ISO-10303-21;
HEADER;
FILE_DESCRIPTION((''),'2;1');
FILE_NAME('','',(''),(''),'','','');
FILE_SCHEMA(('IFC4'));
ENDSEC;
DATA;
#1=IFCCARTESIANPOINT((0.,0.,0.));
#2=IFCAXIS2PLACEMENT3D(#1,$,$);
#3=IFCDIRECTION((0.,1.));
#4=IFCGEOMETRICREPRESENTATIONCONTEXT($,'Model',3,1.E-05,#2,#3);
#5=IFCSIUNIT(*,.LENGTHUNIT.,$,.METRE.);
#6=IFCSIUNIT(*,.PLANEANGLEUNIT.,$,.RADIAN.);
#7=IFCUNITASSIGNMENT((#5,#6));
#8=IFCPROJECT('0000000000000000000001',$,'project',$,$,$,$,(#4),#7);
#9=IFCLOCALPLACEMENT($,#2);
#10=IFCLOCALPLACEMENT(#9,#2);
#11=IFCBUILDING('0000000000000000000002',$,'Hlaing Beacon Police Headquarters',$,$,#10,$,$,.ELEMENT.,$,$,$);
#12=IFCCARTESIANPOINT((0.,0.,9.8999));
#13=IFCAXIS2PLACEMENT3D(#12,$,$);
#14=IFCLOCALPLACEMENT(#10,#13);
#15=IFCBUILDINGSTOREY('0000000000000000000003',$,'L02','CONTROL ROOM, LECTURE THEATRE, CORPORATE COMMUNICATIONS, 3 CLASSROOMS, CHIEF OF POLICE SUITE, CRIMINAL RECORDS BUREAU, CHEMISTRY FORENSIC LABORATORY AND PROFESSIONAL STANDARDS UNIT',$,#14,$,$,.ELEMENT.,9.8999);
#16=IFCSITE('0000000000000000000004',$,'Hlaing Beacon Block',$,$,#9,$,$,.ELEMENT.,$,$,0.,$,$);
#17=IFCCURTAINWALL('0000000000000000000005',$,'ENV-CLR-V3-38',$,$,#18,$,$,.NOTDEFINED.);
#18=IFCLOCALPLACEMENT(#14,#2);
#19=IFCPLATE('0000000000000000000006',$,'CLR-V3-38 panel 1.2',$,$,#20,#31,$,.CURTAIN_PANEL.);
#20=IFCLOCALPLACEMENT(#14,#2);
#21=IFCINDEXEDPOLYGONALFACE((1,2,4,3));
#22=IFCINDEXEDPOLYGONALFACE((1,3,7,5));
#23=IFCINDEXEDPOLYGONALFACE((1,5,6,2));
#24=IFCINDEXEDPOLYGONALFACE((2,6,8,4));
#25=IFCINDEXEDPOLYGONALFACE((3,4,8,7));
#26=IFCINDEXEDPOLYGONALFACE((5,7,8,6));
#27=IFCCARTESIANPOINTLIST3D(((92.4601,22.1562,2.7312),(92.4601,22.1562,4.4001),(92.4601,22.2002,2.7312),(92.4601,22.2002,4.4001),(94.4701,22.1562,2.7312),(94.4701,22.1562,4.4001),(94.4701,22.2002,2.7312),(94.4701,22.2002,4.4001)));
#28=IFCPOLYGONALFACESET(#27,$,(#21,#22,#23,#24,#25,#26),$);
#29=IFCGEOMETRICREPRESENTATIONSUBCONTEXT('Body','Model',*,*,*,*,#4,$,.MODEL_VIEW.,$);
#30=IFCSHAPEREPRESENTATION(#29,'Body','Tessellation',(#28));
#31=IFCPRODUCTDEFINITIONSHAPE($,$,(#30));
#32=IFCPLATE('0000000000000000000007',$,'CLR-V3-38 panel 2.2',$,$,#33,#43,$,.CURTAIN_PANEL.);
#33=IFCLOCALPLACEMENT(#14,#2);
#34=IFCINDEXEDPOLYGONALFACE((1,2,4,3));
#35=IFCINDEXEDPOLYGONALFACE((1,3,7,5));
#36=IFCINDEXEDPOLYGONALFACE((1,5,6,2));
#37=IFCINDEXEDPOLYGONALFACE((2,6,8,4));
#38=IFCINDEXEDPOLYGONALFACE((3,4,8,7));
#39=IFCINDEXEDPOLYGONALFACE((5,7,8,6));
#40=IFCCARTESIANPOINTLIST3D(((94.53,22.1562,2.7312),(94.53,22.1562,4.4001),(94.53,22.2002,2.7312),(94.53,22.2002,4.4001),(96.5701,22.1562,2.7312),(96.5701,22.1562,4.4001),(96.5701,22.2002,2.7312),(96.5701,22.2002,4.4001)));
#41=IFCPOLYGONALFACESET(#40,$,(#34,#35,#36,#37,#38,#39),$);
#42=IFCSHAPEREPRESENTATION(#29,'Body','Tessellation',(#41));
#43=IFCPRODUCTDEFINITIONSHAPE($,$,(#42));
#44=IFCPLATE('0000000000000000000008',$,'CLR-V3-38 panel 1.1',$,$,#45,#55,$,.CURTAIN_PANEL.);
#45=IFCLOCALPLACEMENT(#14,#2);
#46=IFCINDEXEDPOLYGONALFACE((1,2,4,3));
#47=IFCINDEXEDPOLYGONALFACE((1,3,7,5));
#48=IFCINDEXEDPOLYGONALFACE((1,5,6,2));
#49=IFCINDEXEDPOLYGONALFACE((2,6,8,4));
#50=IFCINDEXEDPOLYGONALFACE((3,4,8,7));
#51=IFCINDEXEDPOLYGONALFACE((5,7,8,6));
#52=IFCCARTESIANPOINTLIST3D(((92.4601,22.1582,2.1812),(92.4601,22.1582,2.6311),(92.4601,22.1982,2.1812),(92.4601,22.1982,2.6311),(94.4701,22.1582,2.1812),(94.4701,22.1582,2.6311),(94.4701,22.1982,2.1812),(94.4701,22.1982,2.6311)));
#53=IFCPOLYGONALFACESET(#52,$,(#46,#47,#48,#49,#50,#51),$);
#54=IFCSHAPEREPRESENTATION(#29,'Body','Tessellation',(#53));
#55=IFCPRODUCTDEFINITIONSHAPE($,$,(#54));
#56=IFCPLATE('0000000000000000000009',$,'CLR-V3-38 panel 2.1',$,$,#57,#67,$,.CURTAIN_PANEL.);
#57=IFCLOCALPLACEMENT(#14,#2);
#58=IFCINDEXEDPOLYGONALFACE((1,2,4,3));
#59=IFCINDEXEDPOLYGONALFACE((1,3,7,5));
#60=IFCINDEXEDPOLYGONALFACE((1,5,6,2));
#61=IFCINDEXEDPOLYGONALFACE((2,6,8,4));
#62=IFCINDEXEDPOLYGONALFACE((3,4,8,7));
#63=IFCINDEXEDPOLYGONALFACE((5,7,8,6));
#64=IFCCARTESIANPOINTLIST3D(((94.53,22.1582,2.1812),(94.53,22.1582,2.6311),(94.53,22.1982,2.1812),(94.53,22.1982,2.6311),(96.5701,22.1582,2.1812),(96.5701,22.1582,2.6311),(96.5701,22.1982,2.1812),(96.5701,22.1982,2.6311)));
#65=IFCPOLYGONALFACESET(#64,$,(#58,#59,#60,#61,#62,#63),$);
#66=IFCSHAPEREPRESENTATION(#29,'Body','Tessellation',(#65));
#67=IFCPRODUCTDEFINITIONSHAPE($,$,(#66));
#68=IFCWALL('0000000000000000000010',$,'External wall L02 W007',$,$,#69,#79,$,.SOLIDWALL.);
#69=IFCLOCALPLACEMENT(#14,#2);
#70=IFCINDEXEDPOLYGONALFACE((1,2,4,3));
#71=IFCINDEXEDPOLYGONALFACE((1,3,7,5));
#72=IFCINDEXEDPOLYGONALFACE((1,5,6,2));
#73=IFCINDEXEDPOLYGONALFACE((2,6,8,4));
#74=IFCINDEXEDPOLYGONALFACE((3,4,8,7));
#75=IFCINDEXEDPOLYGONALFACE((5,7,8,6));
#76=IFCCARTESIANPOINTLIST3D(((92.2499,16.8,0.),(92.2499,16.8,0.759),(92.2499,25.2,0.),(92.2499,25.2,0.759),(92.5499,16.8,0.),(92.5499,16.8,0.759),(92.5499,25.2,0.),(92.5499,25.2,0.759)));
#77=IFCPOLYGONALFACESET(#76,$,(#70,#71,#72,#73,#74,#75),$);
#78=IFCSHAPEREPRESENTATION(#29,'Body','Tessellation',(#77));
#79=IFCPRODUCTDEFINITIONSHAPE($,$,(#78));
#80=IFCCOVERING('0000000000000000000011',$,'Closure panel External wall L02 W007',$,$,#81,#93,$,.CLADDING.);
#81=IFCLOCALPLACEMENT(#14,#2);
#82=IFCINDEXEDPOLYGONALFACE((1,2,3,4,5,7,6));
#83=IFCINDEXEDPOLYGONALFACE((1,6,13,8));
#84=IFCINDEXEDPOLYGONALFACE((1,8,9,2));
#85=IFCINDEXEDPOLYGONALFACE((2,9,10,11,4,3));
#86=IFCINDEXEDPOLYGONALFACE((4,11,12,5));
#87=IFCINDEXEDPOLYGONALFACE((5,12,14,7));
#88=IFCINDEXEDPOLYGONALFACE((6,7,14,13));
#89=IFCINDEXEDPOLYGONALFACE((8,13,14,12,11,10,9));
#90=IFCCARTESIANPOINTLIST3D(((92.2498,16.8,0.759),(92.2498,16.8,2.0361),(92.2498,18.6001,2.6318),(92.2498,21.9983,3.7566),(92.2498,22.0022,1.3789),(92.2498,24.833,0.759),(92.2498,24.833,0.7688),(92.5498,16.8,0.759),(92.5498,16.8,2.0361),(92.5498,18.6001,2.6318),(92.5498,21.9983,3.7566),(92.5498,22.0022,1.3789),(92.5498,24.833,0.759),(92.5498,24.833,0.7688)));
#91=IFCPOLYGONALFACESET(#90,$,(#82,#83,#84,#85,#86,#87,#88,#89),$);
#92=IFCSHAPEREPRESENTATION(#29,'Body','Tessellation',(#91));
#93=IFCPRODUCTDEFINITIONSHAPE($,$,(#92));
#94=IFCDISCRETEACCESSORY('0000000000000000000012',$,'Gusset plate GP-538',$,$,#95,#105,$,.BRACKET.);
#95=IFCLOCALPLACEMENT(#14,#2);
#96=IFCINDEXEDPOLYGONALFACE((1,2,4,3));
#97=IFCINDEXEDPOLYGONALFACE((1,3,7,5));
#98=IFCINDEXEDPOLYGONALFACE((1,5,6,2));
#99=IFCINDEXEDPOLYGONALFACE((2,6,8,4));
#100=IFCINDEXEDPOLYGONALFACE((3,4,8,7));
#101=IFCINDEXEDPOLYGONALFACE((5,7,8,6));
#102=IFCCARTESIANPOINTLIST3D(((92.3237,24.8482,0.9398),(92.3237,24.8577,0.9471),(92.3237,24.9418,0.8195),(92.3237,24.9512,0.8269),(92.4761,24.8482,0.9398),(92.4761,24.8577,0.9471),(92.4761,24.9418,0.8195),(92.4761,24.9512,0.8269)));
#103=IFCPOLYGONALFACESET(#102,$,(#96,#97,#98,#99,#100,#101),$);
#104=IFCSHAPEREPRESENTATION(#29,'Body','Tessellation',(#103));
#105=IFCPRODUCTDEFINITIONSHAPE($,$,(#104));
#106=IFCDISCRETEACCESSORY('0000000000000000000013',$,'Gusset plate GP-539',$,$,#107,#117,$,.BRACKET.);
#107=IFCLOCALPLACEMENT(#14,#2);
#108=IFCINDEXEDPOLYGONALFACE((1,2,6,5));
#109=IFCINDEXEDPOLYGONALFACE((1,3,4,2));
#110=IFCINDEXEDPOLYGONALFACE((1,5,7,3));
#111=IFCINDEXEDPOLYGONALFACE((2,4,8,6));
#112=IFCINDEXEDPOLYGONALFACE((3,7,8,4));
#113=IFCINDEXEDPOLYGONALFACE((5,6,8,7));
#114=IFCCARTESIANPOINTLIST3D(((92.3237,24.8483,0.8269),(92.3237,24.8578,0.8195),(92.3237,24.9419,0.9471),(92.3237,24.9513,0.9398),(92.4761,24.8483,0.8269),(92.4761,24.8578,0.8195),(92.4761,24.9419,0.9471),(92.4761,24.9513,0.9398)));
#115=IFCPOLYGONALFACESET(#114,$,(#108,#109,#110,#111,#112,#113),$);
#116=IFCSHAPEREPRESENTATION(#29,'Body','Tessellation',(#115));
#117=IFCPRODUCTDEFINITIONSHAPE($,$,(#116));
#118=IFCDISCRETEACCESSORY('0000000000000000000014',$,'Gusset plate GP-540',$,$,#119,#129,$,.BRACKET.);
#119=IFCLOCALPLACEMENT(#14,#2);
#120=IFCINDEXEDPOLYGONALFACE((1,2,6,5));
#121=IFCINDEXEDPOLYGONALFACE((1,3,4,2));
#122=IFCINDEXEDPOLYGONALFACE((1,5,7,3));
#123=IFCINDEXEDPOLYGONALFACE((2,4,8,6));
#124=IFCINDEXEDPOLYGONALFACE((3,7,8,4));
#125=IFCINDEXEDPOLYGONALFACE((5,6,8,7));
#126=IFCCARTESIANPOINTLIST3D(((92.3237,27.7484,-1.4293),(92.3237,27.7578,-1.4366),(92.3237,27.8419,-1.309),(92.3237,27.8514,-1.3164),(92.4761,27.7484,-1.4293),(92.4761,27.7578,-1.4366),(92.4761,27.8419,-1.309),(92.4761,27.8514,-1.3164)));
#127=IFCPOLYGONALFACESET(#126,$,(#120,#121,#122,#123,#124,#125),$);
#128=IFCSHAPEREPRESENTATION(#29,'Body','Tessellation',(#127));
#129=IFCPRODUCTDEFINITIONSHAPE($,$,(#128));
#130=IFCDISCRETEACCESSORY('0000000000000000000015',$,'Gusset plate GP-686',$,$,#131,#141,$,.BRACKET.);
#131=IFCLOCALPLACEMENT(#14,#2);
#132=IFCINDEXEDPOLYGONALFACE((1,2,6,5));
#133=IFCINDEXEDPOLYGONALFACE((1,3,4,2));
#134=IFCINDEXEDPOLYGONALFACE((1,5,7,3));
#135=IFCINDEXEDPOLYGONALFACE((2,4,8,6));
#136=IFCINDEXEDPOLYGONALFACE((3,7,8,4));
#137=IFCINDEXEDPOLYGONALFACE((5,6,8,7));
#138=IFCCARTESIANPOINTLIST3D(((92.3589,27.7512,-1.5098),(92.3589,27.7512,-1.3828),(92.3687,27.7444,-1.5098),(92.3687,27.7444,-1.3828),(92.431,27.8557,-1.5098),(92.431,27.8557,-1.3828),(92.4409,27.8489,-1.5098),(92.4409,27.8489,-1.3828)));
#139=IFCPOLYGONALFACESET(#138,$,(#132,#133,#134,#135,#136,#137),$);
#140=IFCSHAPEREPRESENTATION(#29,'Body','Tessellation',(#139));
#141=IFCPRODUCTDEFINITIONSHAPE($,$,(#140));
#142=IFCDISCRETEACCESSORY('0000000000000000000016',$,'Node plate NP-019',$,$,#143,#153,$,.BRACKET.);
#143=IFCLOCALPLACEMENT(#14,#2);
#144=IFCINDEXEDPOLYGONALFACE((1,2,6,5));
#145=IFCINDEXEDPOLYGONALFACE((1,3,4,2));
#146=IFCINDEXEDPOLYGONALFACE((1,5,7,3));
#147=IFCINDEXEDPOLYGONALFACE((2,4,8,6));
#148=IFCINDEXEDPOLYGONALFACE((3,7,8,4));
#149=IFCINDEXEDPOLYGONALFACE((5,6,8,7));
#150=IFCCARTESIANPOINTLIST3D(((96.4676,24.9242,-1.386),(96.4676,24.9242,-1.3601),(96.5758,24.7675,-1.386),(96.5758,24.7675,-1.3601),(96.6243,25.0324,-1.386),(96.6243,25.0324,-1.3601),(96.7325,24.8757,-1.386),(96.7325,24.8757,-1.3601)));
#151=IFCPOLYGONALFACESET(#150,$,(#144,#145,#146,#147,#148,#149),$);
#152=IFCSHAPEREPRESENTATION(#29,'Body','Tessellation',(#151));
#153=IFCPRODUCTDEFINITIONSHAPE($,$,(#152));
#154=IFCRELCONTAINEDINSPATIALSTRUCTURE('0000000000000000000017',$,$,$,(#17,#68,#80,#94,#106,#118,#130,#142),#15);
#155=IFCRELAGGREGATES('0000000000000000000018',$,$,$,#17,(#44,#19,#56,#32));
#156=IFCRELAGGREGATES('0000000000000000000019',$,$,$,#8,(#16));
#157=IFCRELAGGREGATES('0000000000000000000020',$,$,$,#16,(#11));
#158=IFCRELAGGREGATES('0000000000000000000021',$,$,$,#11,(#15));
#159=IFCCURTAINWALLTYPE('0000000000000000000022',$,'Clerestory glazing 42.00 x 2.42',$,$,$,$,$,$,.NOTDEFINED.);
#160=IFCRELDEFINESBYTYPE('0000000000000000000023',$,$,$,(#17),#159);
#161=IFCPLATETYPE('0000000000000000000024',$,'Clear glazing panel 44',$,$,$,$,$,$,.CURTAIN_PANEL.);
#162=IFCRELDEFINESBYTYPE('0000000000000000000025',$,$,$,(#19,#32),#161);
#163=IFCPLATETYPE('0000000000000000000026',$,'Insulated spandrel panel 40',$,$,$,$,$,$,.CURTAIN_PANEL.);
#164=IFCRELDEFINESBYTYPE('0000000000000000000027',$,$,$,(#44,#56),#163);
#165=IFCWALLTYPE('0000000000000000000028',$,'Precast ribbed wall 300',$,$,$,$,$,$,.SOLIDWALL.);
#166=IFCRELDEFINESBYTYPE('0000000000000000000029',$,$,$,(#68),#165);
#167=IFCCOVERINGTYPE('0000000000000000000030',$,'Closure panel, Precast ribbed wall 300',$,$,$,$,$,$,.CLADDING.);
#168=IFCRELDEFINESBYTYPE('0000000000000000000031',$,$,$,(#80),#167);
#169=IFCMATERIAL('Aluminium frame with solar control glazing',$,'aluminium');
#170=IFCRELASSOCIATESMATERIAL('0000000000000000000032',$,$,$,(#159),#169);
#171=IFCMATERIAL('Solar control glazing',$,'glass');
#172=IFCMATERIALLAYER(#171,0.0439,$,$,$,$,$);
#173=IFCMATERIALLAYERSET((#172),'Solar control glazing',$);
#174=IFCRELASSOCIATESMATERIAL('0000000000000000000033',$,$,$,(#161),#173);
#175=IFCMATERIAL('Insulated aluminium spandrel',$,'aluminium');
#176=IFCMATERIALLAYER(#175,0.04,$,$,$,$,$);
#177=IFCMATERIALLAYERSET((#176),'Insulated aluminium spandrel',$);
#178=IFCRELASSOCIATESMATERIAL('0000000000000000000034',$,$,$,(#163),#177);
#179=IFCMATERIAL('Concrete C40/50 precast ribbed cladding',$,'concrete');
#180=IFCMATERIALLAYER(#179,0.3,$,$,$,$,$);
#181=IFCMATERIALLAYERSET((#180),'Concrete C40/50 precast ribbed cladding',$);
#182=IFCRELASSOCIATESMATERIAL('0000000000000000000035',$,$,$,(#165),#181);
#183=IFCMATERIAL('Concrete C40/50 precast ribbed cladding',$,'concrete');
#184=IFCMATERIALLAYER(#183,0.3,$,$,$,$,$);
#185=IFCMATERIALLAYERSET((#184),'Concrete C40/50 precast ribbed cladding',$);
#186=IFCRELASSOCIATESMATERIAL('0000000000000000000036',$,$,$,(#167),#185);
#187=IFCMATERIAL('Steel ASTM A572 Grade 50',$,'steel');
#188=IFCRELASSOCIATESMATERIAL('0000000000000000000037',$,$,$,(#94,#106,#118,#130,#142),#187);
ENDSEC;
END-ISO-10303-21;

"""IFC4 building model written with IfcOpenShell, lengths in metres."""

from ifc_helpers import new_model, si_unit, direction, frame, frame_2d, origin, origin_2d, place, context, subcontext, project, spatial, polyline, rectangle, outline, extrude, material, layer, layer_set, type_object, element, aggregate, save


model = new_model("IFC4")

# Units and contexts
model_context = context("Model", 3, precision=1e-05, world=origin(), true_north=direction((0.0, 1.0)))
body_context = subcontext(model_context, "Body", "Model", "MODEL_VIEW")
ifc_project = project(units=[si_unit("LENGTHUNIT", "METRE"), si_unit("PLANEANGLEUNIT", "RADIAN")], contexts=[model_context])

# Site, building, storey
site_placement = place(None, origin())
site = spatial("IfcSite", under=ifc_project, at=site_placement, Name="Hlaing Beacon Block", CompositionType="ELEMENT", RefElevation=0.0)
building_placement = place(site_placement, origin())
building = spatial("IfcBuilding", under=site, at=building_placement, Name="Hlaing Beacon Police Headquarters", CompositionType="ELEMENT")
storey_placement = place(building_placement, frame((0.0, 0.0, 9.8999)))
storey = spatial("IfcBuildingStorey", under=building, at=storey_placement, Name="L02", Description="CONTROL ROOM, LECTURE THEATRE, CORPORATE COMMUNICATIONS, 3 CLASSROOMS, CHIEF OF POLICE SUITE, CRIMINAL RECORDS BUREAU, CHEMISTRY FORENSIC LABORATORY AND PROFESSIONAL STANDARDS UNIT", CompositionType="ELEMENT", Elevation=9.8999)

# Curtain wall
ifc_material_1 = material(Name="Aluminium frame with solar control glazing", Category="aluminium")
curtain_wall_type = type_object("IfcCurtainWallType", Name="Clerestory glazing 42.00 x 2.42", PredefinedType="NOTDEFINED", material=ifc_material_1)
curtain_wall_placement = place(storey_placement, origin())
curtain_wall = element("IfcCurtainWall", 1, at=curtain_wall_placement, inside=storey, type_object=curtain_wall_type, Name="ENV-CLR-V3-38", PredefinedType="NOTDEFINED")

# Plates
ifc_material_2 = material(Name="Solar control glazing", Category="glass")
ifc_layer_1 = layer(ifc_material_2, 0.0439)
ifc_layer_set_1 = layer_set([ifc_layer_1], Name="Solar control glazing")
plate_type_1 = type_object("IfcPlateType", Name="Clear glazing panel 44", PredefinedType="CURTAIN_PANEL", material=ifc_layer_set_1)
plate_1_placement = place(storey_placement, frame((93.4651, 22.1782, 2.7312), z_axis=(0.0, 0.0, 1.0), x_axis=(1.0, 0.0, 0.0)))
plate_1 = element("IfcPlate", 2, at=plate_1_placement, type_object=plate_type_1, Name="CLR-V3-38 panel 1.2", PredefinedType="CURTAIN_PANEL", context=body_context, shape_type="SweptSolid", body=[
    extrude(rectangle(XDim=2.01, YDim=0.0439, at=origin_2d()), origin(), (0.0, 0.0, 1.0), 1.6689),
])
plate_2_placement = place(storey_placement, frame((95.55, 22.1782, 2.7312), z_axis=(0.0, 0.0, 1.0), x_axis=(1.0, 0.0, 0.0)))
plate_2 = element("IfcPlate", 3, at=plate_2_placement, type_object=plate_type_1, Name="CLR-V3-38 panel 2.2", PredefinedType="CURTAIN_PANEL", context=body_context, shape_type="SweptSolid", body=[
    extrude(rectangle(XDim=2.04, YDim=0.0439, at=origin_2d()), origin(), (0.0, 0.0, 1.0), 1.6689),
])
ifc_material_3 = material(Name="Insulated aluminium spandrel", Category="aluminium")
ifc_layer_2 = layer(ifc_material_3, 0.04)
ifc_layer_set_2 = layer_set([ifc_layer_2], Name="Insulated aluminium spandrel")
plate_type_2 = type_object("IfcPlateType", Name="Insulated spandrel panel 40", PredefinedType="CURTAIN_PANEL", material=ifc_layer_set_2)
plate_3_placement = place(storey_placement, frame((93.4651, 22.1782, 2.1812), z_axis=(0.0, 0.0, 1.0), x_axis=(1.0, 0.0, 0.0)))
plate_3 = element("IfcPlate", 4, at=plate_3_placement, type_object=plate_type_2, Name="CLR-V3-38 panel 1.1", PredefinedType="CURTAIN_PANEL", context=body_context, shape_type="SweptSolid", body=[
    extrude(rectangle(XDim=2.01, YDim=0.04, at=origin_2d()), origin(), (0.0, 0.0, 1.0), 0.45),
])
plate_4_placement = place(storey_placement, frame((95.55, 22.1782, 2.1812), z_axis=(0.0, 0.0, 1.0), x_axis=(1.0, 0.0, 0.0)))
plate_4 = element("IfcPlate", 5, at=plate_4_placement, type_object=plate_type_2, Name="CLR-V3-38 panel 2.1", PredefinedType="CURTAIN_PANEL", context=body_context, shape_type="SweptSolid", body=[
    extrude(rectangle(XDim=2.04, YDim=0.04, at=origin_2d()), origin(), (0.0, 0.0, 1.0), 0.45),
])
aggregate(curtain_wall, [plate_3, plate_1, plate_4, plate_2])

# Wall
ifc_material_4 = material(Name="Concrete C40/50 precast ribbed cladding", Category="concrete")
ifc_layer_3 = layer(ifc_material_4, 0.3)
ifc_layer_set_3 = layer_set([ifc_layer_3], Name="Concrete C40/50 precast ribbed cladding")
wall_type = type_object("IfcWallType", Name="Precast ribbed wall 300", PredefinedType="SOLIDWALL", material=ifc_layer_set_3)
wall_placement = place(storey_placement, frame((92.3999, 25.2, 0.0), z_axis=(0.0, 0.0, 1.0), x_axis=(0.0, -1.0, 0.0)))
element("IfcWall", 6, at=wall_placement, inside=storey, type_object=wall_type, Name="External wall L02 W007", PredefinedType="SOLIDWALL", context=body_context, shape_type="SweptSolid", body=[
    extrude(rectangle(XDim=8.3999, YDim=0.3, at=frame_2d((4.2, 0.0))), origin(), (0.0, 0.0, 1.0), 0.759),
])

# Covering
ifc_material_5 = material(Name="Concrete C40/50 precast ribbed cladding", Category="concrete")
ifc_layer_4 = layer(ifc_material_5, 0.3)
ifc_layer_set_4 = layer_set([ifc_layer_4], Name="Concrete C40/50 precast ribbed cladding")
covering_type = type_object("IfcCoveringType", Name="Closure panel, Precast ribbed wall 300", PredefinedType="CLADDING", material=ifc_layer_set_4)
covering_placement = place(storey_placement, frame((92.3999, 24.833, 0.759), z_axis=(0.0, 0.0, 1.0), x_axis=(0.0, -1.0, 0.0)))
element("IfcCovering", 7, at=covering_placement, inside=storey, type_object=covering_type, Name="Closure panel External wall L02 W007", PredefinedType="CLADDING", context=body_context, shape_type="SweptSolid", body=[
    extrude(outline(polyline([(0.0, 0.0), (8.033, 0.0), (8.033, 1.2771), (6.2329, 1.8728), (2.8347, 2.9976), (2.8308, 0.6199), (0.0, 0.0098), (0.0, 0.0)])), frame((0.0, 0.1499, 0.0), z_axis=(0.0, -1.0, 0.0), x_axis=(1.0, 0.0, 0.0)), (0.0, 0.0, 1.0), 0.3),
])

# Discrete accessories
ifc_material_6 = material(Name="Steel ASTM A572 Grade 50", Category="steel")
for number, where, z_axis, x_axis, name in (
    (8, (92.3999, 24.895, 0.8796), (0.0, 0.78927, 0.614046), (-1.0, 0.0, 0.0), "Gusset plate GP-538"),
    (9, (92.3999, 24.9045, 0.8796), (0.0, -0.789295, 0.614014), (1.0, 0.0, 0.0), "Gusset plate GP-539"),
    (10, (92.3999, 27.7952, -1.3691), (0.0, 0.789295, -0.614014), (-1.0, 0.0, 0.0), "Gusset plate GP-540"),
):
    element("IfcDiscreteAccessory", number, at=place(storey_placement, frame(where, z_axis=z_axis, x_axis=x_axis)), inside=storey, material=ifc_material_6, Name=name, PredefinedType="BRACKET", context=body_context, shape_type="SweptSolid", body=[
        extrude(rectangle(XDim=0.1523, YDim=0.1523, at=origin_2d()), origin(), (0.0, 0.0, 1.0), 0.012),
    ])
discrete_accessory_1_placement = place(storey_placement, frame((92.4048, 27.7966, -1.4463), z_axis=(-0.822899, 0.568187, 0.0), x_axis=(-0.568187, -0.822899, 0.0)))
element("IfcDiscreteAccessory", 11, at=discrete_accessory_1_placement, inside=storey, material=ifc_material_6, Name="Gusset plate GP-686", PredefinedType="BRACKET", context=body_context, shape_type="SweptSolid", body=[
    extrude(rectangle(XDim=0.127, YDim=0.127, at=origin_2d()), origin(), (0.0, 0.0, 1.0), 0.012),
])
discrete_accessory_2_placement = place(storey_placement, frame((96.6001, 24.8999, -1.386), z_axis=(0.0, 0.0, 1.0), x_axis=(0.822897, 0.568191, 0.0)))
element("IfcDiscreteAccessory", 12, at=discrete_accessory_2_placement, inside=storey, material=ifc_material_6, Name="Node plate NP-019", PredefinedType="BRACKET", context=body_context, shape_type="SweptSolid", body=[
    extrude(rectangle(XDim=0.1904, YDim=0.1904, at=origin_2d()), origin(), (0.0, 0.0, 1.0), 0.0259),
])

save(model, "model.ifc")
